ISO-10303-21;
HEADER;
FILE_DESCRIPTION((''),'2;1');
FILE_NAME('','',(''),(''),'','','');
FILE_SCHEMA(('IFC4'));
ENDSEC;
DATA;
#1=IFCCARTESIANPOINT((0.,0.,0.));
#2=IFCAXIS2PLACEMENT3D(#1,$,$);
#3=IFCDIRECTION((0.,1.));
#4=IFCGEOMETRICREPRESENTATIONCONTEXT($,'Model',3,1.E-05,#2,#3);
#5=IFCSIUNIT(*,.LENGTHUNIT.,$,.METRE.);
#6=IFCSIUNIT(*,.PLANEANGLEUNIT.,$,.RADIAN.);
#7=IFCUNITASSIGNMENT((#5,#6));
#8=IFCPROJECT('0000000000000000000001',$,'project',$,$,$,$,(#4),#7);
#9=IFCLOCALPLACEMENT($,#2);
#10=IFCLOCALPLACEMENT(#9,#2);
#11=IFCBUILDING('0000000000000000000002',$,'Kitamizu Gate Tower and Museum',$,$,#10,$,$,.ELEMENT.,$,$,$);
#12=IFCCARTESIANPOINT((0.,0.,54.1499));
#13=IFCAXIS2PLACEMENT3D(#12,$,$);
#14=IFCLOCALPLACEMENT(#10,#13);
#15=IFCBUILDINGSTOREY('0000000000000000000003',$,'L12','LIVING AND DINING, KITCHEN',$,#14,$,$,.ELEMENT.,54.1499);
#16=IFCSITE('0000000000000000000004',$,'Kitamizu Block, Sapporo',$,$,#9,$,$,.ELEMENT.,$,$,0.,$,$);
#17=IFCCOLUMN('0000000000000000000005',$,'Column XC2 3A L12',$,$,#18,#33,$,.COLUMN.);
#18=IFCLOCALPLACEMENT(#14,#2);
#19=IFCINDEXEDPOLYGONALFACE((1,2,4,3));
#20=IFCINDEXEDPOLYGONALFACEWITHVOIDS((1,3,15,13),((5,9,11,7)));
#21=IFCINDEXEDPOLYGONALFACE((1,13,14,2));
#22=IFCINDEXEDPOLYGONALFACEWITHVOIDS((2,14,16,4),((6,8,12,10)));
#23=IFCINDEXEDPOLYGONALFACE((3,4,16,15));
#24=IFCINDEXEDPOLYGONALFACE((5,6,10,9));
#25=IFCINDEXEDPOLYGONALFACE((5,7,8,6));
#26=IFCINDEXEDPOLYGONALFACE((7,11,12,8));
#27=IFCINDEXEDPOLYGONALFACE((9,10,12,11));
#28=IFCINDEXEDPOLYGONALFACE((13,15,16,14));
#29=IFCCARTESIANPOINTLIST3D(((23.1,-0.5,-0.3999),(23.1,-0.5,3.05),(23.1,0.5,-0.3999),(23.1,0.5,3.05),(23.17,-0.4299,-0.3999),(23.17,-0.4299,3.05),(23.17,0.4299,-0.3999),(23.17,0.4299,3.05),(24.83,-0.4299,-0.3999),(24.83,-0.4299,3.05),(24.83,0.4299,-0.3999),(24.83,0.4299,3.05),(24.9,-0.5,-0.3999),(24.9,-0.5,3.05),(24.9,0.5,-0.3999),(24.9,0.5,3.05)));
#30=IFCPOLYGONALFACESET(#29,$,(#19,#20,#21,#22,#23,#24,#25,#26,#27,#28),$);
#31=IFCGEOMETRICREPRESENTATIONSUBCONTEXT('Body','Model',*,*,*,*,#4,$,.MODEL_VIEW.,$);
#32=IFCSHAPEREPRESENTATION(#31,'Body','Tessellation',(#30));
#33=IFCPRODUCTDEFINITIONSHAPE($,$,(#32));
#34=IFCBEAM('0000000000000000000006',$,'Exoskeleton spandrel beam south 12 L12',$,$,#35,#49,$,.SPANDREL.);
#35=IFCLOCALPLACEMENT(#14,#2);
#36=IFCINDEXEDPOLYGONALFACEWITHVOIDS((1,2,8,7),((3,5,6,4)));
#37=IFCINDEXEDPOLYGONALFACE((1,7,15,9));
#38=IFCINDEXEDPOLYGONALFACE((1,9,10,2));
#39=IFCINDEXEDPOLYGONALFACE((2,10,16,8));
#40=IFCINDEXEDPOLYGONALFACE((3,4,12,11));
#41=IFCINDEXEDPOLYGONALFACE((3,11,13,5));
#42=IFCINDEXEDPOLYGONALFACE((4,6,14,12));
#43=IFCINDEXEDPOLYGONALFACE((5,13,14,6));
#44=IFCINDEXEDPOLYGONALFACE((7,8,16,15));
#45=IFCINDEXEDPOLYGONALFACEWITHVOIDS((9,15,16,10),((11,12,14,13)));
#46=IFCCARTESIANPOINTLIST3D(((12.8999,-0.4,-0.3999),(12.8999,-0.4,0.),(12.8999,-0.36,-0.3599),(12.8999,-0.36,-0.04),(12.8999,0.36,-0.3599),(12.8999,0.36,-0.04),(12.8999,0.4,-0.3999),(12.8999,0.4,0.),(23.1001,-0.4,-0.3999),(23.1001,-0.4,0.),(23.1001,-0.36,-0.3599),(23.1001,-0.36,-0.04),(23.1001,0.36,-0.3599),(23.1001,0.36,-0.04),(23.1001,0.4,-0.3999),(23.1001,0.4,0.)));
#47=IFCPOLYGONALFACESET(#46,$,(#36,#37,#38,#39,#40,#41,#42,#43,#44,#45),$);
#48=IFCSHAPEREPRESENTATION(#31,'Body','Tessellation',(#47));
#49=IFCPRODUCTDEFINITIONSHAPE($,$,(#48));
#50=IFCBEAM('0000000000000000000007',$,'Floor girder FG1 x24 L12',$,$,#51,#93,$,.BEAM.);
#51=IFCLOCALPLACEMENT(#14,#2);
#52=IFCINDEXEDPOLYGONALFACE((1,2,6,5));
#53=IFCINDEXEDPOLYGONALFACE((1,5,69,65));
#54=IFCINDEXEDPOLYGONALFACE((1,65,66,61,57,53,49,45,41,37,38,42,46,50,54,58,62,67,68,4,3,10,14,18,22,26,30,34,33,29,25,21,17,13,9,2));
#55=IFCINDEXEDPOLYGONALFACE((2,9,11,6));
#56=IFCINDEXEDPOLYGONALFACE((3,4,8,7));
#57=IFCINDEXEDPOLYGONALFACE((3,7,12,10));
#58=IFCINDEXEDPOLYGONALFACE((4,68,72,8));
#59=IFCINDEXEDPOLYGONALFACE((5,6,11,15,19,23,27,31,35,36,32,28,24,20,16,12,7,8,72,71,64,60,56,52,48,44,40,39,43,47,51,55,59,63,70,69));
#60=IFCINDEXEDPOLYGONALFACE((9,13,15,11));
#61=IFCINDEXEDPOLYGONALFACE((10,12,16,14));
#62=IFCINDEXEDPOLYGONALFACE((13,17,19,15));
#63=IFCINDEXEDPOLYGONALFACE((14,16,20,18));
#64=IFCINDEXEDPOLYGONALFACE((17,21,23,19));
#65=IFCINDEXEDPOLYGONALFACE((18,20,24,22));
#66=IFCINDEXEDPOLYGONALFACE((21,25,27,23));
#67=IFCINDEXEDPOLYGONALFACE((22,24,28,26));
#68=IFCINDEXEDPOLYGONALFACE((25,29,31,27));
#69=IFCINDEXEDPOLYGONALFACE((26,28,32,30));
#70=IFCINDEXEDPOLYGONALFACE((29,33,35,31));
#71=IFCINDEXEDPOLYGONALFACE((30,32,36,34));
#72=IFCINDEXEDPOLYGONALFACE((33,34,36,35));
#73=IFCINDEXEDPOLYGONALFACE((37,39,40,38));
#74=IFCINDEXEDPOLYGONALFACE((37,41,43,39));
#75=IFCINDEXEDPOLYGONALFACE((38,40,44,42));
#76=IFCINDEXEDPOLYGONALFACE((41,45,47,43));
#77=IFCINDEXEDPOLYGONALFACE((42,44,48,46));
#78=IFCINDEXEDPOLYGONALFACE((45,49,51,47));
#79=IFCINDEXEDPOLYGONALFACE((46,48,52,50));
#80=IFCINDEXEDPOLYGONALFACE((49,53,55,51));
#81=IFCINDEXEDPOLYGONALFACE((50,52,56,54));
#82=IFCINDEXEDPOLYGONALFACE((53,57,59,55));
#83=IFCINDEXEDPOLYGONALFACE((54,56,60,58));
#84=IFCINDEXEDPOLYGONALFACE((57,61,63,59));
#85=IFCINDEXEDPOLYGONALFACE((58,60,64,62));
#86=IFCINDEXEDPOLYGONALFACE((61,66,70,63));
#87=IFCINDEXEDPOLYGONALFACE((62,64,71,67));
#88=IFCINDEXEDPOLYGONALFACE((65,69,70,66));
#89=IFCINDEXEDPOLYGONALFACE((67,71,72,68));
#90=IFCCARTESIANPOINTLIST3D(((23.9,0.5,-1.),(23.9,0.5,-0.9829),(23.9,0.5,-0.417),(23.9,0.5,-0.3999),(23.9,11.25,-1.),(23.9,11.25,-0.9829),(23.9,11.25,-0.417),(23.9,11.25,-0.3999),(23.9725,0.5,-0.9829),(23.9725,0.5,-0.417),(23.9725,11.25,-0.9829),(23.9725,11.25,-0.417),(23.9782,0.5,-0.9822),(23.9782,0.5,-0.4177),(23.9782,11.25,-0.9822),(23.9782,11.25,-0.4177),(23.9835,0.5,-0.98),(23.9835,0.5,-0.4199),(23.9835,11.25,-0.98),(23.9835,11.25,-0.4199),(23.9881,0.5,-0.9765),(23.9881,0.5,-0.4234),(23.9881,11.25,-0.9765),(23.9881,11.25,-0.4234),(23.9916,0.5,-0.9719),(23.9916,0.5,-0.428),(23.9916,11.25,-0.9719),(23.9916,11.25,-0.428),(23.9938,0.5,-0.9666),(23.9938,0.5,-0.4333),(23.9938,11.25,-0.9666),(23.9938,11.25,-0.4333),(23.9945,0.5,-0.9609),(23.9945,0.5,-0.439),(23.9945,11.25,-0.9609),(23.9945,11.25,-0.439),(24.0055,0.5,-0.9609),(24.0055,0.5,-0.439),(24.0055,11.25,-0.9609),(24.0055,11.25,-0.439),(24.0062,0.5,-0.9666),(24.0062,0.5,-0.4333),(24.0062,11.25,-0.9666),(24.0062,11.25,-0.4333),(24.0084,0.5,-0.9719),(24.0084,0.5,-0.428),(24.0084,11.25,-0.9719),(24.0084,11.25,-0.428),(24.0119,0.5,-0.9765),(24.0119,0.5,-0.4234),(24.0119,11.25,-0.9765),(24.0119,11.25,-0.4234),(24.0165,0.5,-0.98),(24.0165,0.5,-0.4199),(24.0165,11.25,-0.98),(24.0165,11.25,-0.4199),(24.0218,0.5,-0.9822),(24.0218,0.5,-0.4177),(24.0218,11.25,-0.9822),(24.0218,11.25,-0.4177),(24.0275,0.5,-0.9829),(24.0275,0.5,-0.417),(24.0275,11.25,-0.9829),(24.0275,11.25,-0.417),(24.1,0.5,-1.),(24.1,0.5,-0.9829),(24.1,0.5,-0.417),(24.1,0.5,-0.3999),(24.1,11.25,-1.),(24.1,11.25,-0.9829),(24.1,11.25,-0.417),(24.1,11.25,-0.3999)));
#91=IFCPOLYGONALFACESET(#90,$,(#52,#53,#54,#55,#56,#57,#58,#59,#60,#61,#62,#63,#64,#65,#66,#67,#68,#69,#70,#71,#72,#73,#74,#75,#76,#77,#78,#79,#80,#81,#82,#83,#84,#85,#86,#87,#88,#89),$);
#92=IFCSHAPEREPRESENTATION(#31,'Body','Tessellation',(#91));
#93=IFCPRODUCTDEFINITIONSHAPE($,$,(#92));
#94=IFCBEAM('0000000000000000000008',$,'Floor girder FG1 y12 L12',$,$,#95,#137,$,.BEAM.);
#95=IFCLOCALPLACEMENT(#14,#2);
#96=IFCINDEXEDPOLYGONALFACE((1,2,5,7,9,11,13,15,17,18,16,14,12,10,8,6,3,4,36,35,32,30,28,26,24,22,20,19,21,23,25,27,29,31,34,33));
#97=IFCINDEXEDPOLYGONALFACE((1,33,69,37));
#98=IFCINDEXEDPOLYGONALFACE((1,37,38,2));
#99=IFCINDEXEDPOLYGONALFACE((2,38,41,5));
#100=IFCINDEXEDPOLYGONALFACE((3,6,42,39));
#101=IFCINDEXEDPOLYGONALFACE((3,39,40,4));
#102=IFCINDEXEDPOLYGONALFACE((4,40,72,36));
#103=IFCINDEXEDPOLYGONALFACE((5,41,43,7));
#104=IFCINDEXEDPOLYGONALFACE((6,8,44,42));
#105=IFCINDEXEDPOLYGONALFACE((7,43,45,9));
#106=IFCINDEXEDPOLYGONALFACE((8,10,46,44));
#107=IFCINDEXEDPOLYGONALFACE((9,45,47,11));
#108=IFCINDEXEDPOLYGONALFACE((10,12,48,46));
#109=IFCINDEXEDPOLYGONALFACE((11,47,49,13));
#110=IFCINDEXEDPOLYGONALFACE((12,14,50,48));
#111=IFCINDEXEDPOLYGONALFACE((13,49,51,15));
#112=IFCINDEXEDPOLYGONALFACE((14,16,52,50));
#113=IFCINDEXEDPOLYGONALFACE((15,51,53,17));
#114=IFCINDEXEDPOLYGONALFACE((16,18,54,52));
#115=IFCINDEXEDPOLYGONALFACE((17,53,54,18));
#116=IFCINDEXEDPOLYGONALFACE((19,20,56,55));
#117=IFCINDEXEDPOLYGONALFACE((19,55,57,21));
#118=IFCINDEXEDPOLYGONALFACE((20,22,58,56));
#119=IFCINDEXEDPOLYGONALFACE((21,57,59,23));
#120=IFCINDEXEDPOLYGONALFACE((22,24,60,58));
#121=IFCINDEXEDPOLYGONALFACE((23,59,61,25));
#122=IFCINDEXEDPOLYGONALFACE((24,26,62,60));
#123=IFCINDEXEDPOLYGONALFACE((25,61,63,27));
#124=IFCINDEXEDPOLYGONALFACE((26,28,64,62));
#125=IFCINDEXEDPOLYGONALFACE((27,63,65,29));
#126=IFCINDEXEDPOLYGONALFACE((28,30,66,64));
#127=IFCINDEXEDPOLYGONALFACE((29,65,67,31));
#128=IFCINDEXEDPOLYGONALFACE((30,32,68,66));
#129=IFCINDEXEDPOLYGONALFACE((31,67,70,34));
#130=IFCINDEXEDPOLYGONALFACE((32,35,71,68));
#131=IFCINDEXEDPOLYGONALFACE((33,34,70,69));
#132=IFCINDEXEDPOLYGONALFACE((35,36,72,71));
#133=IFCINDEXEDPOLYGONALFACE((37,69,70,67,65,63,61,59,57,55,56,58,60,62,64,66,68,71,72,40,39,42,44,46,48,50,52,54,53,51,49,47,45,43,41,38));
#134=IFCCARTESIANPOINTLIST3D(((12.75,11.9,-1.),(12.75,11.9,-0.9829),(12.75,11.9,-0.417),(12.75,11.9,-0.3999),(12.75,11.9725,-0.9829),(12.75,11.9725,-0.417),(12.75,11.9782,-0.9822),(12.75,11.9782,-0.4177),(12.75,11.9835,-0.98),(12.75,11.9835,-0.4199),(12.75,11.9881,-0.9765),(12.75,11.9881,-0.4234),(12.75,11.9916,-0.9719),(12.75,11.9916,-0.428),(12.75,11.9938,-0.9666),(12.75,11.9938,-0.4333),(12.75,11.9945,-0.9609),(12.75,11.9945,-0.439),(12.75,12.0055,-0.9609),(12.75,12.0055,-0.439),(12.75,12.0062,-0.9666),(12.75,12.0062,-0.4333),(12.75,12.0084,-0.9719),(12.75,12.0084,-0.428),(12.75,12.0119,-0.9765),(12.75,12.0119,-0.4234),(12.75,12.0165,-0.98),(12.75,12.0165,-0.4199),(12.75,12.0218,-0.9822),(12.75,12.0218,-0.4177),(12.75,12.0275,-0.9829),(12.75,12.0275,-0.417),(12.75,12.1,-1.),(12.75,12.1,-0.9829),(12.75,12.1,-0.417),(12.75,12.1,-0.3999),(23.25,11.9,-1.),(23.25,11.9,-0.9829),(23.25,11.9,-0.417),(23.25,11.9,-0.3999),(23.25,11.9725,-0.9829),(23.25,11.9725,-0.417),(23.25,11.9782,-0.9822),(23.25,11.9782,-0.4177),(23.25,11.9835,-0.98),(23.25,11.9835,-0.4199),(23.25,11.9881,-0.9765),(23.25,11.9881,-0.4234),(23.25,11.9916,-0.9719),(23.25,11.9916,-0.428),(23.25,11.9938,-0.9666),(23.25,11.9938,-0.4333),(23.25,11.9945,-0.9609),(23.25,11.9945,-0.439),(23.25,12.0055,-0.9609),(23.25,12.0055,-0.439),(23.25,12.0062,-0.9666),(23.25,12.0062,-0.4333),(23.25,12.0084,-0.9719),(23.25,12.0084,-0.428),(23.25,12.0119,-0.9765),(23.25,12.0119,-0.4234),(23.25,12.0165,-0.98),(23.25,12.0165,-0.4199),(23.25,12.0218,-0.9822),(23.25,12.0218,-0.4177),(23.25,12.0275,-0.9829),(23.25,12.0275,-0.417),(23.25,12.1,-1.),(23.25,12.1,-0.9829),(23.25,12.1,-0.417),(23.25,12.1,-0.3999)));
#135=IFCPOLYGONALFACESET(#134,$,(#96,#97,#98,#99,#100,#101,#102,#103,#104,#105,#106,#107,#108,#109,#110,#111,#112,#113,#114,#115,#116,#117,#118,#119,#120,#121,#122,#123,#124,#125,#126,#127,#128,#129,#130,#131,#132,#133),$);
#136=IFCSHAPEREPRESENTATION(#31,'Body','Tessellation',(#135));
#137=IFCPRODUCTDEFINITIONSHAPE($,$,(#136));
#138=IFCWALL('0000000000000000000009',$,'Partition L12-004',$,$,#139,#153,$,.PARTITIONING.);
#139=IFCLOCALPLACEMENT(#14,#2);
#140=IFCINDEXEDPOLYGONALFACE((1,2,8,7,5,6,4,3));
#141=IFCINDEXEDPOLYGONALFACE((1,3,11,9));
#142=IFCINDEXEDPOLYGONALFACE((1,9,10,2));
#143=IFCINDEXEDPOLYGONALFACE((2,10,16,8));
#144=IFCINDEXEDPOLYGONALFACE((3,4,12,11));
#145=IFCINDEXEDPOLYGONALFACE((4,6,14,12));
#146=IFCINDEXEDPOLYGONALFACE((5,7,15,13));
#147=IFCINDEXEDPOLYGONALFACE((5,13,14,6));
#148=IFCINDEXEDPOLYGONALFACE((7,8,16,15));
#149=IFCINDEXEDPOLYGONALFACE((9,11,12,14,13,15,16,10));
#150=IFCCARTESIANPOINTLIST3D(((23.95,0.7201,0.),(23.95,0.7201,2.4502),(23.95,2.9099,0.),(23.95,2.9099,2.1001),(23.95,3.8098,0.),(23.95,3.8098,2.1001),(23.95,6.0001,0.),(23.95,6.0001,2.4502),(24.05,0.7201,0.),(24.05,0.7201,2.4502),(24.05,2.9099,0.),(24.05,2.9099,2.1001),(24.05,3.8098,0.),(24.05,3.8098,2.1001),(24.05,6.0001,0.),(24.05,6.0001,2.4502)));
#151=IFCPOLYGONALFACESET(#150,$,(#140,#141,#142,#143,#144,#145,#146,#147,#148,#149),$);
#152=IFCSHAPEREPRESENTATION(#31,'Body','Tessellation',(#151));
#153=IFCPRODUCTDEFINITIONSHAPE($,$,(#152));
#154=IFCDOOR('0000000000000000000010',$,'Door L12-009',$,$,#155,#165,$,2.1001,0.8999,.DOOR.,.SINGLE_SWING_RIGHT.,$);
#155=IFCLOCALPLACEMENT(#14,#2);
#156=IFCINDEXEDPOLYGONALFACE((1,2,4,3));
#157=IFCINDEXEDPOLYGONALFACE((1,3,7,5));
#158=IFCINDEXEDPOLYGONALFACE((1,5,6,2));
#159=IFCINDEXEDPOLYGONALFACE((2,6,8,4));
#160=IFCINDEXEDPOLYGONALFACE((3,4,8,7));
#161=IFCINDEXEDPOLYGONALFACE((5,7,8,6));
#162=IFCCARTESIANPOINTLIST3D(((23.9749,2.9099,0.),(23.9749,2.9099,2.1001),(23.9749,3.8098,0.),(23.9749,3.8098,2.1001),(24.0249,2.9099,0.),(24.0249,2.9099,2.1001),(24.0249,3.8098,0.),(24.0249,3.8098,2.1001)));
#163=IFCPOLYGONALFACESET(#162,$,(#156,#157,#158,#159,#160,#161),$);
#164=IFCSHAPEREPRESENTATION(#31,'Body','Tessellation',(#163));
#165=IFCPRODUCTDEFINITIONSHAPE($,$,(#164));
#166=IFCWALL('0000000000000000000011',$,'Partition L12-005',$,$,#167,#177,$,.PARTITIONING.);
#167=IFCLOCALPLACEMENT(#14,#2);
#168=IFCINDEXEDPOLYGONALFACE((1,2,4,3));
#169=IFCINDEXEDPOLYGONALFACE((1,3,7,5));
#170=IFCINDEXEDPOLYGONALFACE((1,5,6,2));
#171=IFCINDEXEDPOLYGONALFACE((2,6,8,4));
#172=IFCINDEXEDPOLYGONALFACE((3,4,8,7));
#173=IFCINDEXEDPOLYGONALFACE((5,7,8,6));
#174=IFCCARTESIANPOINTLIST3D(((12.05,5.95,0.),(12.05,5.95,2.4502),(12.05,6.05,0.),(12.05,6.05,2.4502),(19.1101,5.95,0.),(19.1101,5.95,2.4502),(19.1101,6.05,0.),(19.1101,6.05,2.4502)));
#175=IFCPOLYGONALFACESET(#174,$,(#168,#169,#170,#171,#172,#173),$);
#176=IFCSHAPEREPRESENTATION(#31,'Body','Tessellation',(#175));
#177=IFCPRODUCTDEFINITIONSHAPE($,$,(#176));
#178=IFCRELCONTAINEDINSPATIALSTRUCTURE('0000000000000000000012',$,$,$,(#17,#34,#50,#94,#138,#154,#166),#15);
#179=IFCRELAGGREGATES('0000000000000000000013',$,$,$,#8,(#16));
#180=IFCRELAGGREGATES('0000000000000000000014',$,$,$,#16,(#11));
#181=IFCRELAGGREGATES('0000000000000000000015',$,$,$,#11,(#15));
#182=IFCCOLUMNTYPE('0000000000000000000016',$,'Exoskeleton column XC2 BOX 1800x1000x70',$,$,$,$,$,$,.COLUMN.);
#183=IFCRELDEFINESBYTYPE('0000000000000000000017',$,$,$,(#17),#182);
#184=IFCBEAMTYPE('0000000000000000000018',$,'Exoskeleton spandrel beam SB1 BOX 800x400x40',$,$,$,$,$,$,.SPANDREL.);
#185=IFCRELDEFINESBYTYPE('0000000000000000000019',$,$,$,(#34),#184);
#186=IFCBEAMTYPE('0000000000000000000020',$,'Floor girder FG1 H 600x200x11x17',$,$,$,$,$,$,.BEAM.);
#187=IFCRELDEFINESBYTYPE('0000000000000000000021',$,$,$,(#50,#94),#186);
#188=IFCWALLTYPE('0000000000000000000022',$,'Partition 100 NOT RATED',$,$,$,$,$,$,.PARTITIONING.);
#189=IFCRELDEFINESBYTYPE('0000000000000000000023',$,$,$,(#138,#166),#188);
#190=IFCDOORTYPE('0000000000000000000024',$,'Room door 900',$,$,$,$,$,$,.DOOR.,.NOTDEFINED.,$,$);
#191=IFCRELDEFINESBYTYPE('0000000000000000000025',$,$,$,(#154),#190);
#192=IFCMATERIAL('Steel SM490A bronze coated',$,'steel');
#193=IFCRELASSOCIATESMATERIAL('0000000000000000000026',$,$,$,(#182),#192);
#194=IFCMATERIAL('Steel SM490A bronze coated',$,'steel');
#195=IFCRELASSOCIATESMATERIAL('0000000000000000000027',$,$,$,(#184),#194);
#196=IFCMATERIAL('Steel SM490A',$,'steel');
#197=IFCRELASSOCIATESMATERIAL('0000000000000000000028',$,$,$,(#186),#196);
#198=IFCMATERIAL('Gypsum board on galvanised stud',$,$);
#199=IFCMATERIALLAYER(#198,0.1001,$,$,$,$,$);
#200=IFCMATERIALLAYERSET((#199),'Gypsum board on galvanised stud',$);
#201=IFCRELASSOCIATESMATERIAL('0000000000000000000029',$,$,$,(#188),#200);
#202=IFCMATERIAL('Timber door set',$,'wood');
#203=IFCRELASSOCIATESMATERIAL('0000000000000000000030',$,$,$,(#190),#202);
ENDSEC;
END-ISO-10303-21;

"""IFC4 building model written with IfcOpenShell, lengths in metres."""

from ifc_helpers import new_model, si_unit, direction, frame, frame_2d, origin, origin_2d, place, context, subcontext, project, spatial, rectangle, hollow_rectangle, i_section, extrude, material, layer, layer_set, material_profile, profile_set, type_object, element, fill, save


model = new_model("IFC4")

# Units and contexts
model_context = context("Model", 3, precision=1e-05, world=origin(), true_north=direction((0.0, 1.0)))
body_context = subcontext(model_context, "Body", "Model", "MODEL_VIEW")
ifc_project = project(units=[si_unit("LENGTHUNIT", "METRE"), si_unit("PLANEANGLEUNIT", "RADIAN")], contexts=[model_context])

# Site, building, storey
site_placement = place(None, origin())
site = spatial("IfcSite", under=ifc_project, at=site_placement, Name="Kitamizu Block, Sapporo", CompositionType="ELEMENT", RefElevation=0.0)
building_placement = place(site_placement, origin())
building = spatial("IfcBuilding", under=site, at=building_placement, Name="Kitamizu Gate Tower and Museum", CompositionType="ELEMENT")
storey_placement = place(building_placement, frame((0.0, 0.0, 54.1499)))
storey = spatial("IfcBuildingStorey", under=building, at=storey_placement, Name="L12", Description="LIVING AND DINING, KITCHEN", CompositionType="ELEMENT", Elevation=54.1499)

# Column
ifc_material_1 = material(Name="Steel SM490A bronze coated", Category="steel")
ifc_material_profile_1 = material_profile(ifc_material_1, hollow_rectangle(XDim=1.8, YDim=1.0, WallThickness=0.0701, at=origin_2d()), Name="BOX 1800x1000x70")
ifc_profile_set_1 = profile_set([ifc_material_profile_1], Name="Steel SM490A bronze coated")
column_type = type_object("IfcColumnType", Name="Exoskeleton column XC2 BOX 1800x1000x70", PredefinedType="COLUMN", material=ifc_profile_set_1)
column_placement = place(storey_placement, frame((24.0, 0.0, -0.3999), z_axis=(0.0, 0.0, 1.0), x_axis=(1.0, 0.0, 0.0)))
element("IfcColumn", 1, at=column_placement, inside=storey, type_object=column_type, Name="Column XC2 3A L12", PredefinedType="COLUMN", context=body_context, shape_type="SweptSolid", body=[
    extrude(hollow_rectangle(XDim=1.8, YDim=1.0, WallThickness=0.0701, at=origin_2d()), origin(), (0.0, 0.0, 1.0), 3.45),
])

# Beams
ifc_material_2 = material(Name="Steel SM490A bronze coated", Category="steel")
ifc_material_profile_2 = material_profile(ifc_material_2, hollow_rectangle(XDim=0.8, YDim=0.3999, WallThickness=0.04, at=origin_2d()), Name="BOX 800x400x40")
ifc_profile_set_2 = profile_set([ifc_material_profile_2], Name="Steel SM490A bronze coated")
beam_type_1 = type_object("IfcBeamType", Name="Exoskeleton spandrel beam SB1 BOX 800x400x40", PredefinedType="SPANDREL", material=ifc_profile_set_2)
beam_1_placement = place(storey_placement, frame((12.8999, 0.0, -0.2), z_axis=(1.0, 0.0, 0.0), x_axis=(0.0, 1.0, 0.0)))
element("IfcBeam", 2, at=beam_1_placement, inside=storey, type_object=beam_type_1, Name="Exoskeleton spandrel beam south 12 L12", PredefinedType="SPANDREL", context=body_context, shape_type="SweptSolid", body=[
    extrude(hollow_rectangle(XDim=0.8, YDim=0.3999, WallThickness=0.04, at=origin_2d()), origin(), (0.0, 0.0, 1.0), 10.2002),
])
ifc_material_3 = material(Name="Steel SM490A", Category="steel")
ifc_material_profile_3 = material_profile(ifc_material_3, i_section(OverallWidth=0.2, OverallDepth=0.6001, WebThickness=0.011, FlangeThickness=0.0171, FilletRadius=0.022, at=origin_2d()), Name="H-600x200x11x17")
ifc_profile_set_3 = profile_set([ifc_material_profile_3], Name="Steel SM490A")
beam_type_2 = type_object("IfcBeamType", Name="Floor girder FG1 H 600x200x11x17", PredefinedType="BEAM", material=ifc_profile_set_3)
beam_2_placement = place(storey_placement, frame((24.0, 0.5, -0.7), z_axis=(0.0, 1.0, 0.0), x_axis=(-1.0, 0.0, 0.0)))
element("IfcBeam", 3, at=beam_2_placement, inside=storey, type_object=beam_type_2, Name="Floor girder FG1 x24 L12", PredefinedType="BEAM", context=body_context, shape_type="SweptSolid", body=[
    extrude(i_section(OverallWidth=0.2, OverallDepth=0.6001, WebThickness=0.011, FlangeThickness=0.0171, FilletRadius=0.022, at=origin_2d()), origin(), (0.0, 0.0, 1.0), 10.75),
])
beam_3_placement = place(storey_placement, frame((12.75, 12.0, -0.7), z_axis=(1.0, 0.0, 0.0), x_axis=(0.0, 1.0, 0.0)))
element("IfcBeam", 4, at=beam_3_placement, inside=storey, type_object=beam_type_2, Name="Floor girder FG1 y12 L12", PredefinedType="BEAM", context=body_context, shape_type="SweptSolid", body=[
    extrude(i_section(OverallWidth=0.2, OverallDepth=0.6001, WebThickness=0.011, FlangeThickness=0.0171, FilletRadius=0.022, at=origin_2d()), origin(), (0.0, 0.0, 1.0), 10.5),
])

# Wall, opening, door
ifc_material_4 = material(Name="Gypsum board on galvanised stud")
ifc_layer_1 = layer(ifc_material_4, 0.1001)
ifc_layer_set_1 = layer_set([ifc_layer_1], Name="Gypsum board on galvanised stud")
wall_type_1 = type_object("IfcWallType", Name="Partition 100 NOT RATED", PredefinedType="PARTITIONING", material=ifc_layer_set_1)
wall_1_placement = place(storey_placement, frame((24.0, 0.72, 0.0), z_axis=(0.0, 0.0, 1.0), x_axis=(0.0, 1.0, 0.0)))
wall_1 = element("IfcWall", 5, at=wall_1_placement, inside=storey, type_object=wall_type_1, Name="Partition L12-004", PredefinedType="PARTITIONING", context=body_context, shape_type="SweptSolid", body=[
    extrude(rectangle(XDim=5.28, YDim=0.1001, at=frame_2d((2.6401, 0.0))), origin(), (0.0, 0.0, 1.0), 2.4502),
])
opening_1_placement = place(wall_1_placement, frame((2.1899, 0.0, 0.0)))
opening_1 = element("IfcOpeningElement", 6, at=opening_1_placement, cuts=wall_1, PredefinedType="OPENING", context=body_context, shape_type="SweptSolid", body=[
    extrude(rectangle(XDim=0.8999, YDim=2.1001, at=frame_2d((0.45, 1.05))), frame((0.0, 0.0601, 0.0), z_axis=(0.0, -1.0, 0.0), x_axis=(1.0, 0.0, 0.0)), (0.0, 0.0, 1.0), 0.1201),
])
ifc_material_5 = material(Name="Timber door set", Category="wood")
door_type_1 = type_object("IfcDoorType", Name="Room door 900", OperationType="NOTDEFINED", PredefinedType="DOOR", material=ifc_material_5)
door_1_placement = place(opening_1_placement, frame((0.8999, 0.0, 0.0), x_axis=(-1.0, 0.0, 0.0)))
door_1 = element("IfcDoor", 7, at=door_1_placement, inside=storey, type_object=door_type_1, Name="Door L12-009", OperationType="SINGLE_SWING_RIGHT", OverallHeight=2.1001, OverallWidth=0.8999, PredefinedType="DOOR", context=body_context, shape_type="SweptSolid", body=[
    extrude(rectangle(XDim=0.8999, YDim=2.1001, at=frame_2d((0.45, 1.05))), frame((0.0, 0.0249, 0.0), z_axis=(0.0, -1.0, 0.0), x_axis=(1.0, 0.0, 0.0)), (0.0, 0.0, 1.0), 0.05),
])
fill(opening_1, door_1)

# Wall
wall_2_placement = place(storey_placement, frame((19.1101, 6.0, 0.0), z_axis=(0.0, 0.0, 1.0), x_axis=(-1.0, 0.0, 0.0)))
element("IfcWall", 8, at=wall_2_placement, inside=storey, type_object=wall_type_1, Name="Partition L12-005", PredefinedType="PARTITIONING", context=body_context, shape_type="SweptSolid", body=[
    extrude(rectangle(XDim=7.0601, YDim=0.1001, at=frame_2d((3.53, 0.0))), origin(), (0.0, 0.0, 1.0), 2.4502),
])

save(model, "model.ifc")
